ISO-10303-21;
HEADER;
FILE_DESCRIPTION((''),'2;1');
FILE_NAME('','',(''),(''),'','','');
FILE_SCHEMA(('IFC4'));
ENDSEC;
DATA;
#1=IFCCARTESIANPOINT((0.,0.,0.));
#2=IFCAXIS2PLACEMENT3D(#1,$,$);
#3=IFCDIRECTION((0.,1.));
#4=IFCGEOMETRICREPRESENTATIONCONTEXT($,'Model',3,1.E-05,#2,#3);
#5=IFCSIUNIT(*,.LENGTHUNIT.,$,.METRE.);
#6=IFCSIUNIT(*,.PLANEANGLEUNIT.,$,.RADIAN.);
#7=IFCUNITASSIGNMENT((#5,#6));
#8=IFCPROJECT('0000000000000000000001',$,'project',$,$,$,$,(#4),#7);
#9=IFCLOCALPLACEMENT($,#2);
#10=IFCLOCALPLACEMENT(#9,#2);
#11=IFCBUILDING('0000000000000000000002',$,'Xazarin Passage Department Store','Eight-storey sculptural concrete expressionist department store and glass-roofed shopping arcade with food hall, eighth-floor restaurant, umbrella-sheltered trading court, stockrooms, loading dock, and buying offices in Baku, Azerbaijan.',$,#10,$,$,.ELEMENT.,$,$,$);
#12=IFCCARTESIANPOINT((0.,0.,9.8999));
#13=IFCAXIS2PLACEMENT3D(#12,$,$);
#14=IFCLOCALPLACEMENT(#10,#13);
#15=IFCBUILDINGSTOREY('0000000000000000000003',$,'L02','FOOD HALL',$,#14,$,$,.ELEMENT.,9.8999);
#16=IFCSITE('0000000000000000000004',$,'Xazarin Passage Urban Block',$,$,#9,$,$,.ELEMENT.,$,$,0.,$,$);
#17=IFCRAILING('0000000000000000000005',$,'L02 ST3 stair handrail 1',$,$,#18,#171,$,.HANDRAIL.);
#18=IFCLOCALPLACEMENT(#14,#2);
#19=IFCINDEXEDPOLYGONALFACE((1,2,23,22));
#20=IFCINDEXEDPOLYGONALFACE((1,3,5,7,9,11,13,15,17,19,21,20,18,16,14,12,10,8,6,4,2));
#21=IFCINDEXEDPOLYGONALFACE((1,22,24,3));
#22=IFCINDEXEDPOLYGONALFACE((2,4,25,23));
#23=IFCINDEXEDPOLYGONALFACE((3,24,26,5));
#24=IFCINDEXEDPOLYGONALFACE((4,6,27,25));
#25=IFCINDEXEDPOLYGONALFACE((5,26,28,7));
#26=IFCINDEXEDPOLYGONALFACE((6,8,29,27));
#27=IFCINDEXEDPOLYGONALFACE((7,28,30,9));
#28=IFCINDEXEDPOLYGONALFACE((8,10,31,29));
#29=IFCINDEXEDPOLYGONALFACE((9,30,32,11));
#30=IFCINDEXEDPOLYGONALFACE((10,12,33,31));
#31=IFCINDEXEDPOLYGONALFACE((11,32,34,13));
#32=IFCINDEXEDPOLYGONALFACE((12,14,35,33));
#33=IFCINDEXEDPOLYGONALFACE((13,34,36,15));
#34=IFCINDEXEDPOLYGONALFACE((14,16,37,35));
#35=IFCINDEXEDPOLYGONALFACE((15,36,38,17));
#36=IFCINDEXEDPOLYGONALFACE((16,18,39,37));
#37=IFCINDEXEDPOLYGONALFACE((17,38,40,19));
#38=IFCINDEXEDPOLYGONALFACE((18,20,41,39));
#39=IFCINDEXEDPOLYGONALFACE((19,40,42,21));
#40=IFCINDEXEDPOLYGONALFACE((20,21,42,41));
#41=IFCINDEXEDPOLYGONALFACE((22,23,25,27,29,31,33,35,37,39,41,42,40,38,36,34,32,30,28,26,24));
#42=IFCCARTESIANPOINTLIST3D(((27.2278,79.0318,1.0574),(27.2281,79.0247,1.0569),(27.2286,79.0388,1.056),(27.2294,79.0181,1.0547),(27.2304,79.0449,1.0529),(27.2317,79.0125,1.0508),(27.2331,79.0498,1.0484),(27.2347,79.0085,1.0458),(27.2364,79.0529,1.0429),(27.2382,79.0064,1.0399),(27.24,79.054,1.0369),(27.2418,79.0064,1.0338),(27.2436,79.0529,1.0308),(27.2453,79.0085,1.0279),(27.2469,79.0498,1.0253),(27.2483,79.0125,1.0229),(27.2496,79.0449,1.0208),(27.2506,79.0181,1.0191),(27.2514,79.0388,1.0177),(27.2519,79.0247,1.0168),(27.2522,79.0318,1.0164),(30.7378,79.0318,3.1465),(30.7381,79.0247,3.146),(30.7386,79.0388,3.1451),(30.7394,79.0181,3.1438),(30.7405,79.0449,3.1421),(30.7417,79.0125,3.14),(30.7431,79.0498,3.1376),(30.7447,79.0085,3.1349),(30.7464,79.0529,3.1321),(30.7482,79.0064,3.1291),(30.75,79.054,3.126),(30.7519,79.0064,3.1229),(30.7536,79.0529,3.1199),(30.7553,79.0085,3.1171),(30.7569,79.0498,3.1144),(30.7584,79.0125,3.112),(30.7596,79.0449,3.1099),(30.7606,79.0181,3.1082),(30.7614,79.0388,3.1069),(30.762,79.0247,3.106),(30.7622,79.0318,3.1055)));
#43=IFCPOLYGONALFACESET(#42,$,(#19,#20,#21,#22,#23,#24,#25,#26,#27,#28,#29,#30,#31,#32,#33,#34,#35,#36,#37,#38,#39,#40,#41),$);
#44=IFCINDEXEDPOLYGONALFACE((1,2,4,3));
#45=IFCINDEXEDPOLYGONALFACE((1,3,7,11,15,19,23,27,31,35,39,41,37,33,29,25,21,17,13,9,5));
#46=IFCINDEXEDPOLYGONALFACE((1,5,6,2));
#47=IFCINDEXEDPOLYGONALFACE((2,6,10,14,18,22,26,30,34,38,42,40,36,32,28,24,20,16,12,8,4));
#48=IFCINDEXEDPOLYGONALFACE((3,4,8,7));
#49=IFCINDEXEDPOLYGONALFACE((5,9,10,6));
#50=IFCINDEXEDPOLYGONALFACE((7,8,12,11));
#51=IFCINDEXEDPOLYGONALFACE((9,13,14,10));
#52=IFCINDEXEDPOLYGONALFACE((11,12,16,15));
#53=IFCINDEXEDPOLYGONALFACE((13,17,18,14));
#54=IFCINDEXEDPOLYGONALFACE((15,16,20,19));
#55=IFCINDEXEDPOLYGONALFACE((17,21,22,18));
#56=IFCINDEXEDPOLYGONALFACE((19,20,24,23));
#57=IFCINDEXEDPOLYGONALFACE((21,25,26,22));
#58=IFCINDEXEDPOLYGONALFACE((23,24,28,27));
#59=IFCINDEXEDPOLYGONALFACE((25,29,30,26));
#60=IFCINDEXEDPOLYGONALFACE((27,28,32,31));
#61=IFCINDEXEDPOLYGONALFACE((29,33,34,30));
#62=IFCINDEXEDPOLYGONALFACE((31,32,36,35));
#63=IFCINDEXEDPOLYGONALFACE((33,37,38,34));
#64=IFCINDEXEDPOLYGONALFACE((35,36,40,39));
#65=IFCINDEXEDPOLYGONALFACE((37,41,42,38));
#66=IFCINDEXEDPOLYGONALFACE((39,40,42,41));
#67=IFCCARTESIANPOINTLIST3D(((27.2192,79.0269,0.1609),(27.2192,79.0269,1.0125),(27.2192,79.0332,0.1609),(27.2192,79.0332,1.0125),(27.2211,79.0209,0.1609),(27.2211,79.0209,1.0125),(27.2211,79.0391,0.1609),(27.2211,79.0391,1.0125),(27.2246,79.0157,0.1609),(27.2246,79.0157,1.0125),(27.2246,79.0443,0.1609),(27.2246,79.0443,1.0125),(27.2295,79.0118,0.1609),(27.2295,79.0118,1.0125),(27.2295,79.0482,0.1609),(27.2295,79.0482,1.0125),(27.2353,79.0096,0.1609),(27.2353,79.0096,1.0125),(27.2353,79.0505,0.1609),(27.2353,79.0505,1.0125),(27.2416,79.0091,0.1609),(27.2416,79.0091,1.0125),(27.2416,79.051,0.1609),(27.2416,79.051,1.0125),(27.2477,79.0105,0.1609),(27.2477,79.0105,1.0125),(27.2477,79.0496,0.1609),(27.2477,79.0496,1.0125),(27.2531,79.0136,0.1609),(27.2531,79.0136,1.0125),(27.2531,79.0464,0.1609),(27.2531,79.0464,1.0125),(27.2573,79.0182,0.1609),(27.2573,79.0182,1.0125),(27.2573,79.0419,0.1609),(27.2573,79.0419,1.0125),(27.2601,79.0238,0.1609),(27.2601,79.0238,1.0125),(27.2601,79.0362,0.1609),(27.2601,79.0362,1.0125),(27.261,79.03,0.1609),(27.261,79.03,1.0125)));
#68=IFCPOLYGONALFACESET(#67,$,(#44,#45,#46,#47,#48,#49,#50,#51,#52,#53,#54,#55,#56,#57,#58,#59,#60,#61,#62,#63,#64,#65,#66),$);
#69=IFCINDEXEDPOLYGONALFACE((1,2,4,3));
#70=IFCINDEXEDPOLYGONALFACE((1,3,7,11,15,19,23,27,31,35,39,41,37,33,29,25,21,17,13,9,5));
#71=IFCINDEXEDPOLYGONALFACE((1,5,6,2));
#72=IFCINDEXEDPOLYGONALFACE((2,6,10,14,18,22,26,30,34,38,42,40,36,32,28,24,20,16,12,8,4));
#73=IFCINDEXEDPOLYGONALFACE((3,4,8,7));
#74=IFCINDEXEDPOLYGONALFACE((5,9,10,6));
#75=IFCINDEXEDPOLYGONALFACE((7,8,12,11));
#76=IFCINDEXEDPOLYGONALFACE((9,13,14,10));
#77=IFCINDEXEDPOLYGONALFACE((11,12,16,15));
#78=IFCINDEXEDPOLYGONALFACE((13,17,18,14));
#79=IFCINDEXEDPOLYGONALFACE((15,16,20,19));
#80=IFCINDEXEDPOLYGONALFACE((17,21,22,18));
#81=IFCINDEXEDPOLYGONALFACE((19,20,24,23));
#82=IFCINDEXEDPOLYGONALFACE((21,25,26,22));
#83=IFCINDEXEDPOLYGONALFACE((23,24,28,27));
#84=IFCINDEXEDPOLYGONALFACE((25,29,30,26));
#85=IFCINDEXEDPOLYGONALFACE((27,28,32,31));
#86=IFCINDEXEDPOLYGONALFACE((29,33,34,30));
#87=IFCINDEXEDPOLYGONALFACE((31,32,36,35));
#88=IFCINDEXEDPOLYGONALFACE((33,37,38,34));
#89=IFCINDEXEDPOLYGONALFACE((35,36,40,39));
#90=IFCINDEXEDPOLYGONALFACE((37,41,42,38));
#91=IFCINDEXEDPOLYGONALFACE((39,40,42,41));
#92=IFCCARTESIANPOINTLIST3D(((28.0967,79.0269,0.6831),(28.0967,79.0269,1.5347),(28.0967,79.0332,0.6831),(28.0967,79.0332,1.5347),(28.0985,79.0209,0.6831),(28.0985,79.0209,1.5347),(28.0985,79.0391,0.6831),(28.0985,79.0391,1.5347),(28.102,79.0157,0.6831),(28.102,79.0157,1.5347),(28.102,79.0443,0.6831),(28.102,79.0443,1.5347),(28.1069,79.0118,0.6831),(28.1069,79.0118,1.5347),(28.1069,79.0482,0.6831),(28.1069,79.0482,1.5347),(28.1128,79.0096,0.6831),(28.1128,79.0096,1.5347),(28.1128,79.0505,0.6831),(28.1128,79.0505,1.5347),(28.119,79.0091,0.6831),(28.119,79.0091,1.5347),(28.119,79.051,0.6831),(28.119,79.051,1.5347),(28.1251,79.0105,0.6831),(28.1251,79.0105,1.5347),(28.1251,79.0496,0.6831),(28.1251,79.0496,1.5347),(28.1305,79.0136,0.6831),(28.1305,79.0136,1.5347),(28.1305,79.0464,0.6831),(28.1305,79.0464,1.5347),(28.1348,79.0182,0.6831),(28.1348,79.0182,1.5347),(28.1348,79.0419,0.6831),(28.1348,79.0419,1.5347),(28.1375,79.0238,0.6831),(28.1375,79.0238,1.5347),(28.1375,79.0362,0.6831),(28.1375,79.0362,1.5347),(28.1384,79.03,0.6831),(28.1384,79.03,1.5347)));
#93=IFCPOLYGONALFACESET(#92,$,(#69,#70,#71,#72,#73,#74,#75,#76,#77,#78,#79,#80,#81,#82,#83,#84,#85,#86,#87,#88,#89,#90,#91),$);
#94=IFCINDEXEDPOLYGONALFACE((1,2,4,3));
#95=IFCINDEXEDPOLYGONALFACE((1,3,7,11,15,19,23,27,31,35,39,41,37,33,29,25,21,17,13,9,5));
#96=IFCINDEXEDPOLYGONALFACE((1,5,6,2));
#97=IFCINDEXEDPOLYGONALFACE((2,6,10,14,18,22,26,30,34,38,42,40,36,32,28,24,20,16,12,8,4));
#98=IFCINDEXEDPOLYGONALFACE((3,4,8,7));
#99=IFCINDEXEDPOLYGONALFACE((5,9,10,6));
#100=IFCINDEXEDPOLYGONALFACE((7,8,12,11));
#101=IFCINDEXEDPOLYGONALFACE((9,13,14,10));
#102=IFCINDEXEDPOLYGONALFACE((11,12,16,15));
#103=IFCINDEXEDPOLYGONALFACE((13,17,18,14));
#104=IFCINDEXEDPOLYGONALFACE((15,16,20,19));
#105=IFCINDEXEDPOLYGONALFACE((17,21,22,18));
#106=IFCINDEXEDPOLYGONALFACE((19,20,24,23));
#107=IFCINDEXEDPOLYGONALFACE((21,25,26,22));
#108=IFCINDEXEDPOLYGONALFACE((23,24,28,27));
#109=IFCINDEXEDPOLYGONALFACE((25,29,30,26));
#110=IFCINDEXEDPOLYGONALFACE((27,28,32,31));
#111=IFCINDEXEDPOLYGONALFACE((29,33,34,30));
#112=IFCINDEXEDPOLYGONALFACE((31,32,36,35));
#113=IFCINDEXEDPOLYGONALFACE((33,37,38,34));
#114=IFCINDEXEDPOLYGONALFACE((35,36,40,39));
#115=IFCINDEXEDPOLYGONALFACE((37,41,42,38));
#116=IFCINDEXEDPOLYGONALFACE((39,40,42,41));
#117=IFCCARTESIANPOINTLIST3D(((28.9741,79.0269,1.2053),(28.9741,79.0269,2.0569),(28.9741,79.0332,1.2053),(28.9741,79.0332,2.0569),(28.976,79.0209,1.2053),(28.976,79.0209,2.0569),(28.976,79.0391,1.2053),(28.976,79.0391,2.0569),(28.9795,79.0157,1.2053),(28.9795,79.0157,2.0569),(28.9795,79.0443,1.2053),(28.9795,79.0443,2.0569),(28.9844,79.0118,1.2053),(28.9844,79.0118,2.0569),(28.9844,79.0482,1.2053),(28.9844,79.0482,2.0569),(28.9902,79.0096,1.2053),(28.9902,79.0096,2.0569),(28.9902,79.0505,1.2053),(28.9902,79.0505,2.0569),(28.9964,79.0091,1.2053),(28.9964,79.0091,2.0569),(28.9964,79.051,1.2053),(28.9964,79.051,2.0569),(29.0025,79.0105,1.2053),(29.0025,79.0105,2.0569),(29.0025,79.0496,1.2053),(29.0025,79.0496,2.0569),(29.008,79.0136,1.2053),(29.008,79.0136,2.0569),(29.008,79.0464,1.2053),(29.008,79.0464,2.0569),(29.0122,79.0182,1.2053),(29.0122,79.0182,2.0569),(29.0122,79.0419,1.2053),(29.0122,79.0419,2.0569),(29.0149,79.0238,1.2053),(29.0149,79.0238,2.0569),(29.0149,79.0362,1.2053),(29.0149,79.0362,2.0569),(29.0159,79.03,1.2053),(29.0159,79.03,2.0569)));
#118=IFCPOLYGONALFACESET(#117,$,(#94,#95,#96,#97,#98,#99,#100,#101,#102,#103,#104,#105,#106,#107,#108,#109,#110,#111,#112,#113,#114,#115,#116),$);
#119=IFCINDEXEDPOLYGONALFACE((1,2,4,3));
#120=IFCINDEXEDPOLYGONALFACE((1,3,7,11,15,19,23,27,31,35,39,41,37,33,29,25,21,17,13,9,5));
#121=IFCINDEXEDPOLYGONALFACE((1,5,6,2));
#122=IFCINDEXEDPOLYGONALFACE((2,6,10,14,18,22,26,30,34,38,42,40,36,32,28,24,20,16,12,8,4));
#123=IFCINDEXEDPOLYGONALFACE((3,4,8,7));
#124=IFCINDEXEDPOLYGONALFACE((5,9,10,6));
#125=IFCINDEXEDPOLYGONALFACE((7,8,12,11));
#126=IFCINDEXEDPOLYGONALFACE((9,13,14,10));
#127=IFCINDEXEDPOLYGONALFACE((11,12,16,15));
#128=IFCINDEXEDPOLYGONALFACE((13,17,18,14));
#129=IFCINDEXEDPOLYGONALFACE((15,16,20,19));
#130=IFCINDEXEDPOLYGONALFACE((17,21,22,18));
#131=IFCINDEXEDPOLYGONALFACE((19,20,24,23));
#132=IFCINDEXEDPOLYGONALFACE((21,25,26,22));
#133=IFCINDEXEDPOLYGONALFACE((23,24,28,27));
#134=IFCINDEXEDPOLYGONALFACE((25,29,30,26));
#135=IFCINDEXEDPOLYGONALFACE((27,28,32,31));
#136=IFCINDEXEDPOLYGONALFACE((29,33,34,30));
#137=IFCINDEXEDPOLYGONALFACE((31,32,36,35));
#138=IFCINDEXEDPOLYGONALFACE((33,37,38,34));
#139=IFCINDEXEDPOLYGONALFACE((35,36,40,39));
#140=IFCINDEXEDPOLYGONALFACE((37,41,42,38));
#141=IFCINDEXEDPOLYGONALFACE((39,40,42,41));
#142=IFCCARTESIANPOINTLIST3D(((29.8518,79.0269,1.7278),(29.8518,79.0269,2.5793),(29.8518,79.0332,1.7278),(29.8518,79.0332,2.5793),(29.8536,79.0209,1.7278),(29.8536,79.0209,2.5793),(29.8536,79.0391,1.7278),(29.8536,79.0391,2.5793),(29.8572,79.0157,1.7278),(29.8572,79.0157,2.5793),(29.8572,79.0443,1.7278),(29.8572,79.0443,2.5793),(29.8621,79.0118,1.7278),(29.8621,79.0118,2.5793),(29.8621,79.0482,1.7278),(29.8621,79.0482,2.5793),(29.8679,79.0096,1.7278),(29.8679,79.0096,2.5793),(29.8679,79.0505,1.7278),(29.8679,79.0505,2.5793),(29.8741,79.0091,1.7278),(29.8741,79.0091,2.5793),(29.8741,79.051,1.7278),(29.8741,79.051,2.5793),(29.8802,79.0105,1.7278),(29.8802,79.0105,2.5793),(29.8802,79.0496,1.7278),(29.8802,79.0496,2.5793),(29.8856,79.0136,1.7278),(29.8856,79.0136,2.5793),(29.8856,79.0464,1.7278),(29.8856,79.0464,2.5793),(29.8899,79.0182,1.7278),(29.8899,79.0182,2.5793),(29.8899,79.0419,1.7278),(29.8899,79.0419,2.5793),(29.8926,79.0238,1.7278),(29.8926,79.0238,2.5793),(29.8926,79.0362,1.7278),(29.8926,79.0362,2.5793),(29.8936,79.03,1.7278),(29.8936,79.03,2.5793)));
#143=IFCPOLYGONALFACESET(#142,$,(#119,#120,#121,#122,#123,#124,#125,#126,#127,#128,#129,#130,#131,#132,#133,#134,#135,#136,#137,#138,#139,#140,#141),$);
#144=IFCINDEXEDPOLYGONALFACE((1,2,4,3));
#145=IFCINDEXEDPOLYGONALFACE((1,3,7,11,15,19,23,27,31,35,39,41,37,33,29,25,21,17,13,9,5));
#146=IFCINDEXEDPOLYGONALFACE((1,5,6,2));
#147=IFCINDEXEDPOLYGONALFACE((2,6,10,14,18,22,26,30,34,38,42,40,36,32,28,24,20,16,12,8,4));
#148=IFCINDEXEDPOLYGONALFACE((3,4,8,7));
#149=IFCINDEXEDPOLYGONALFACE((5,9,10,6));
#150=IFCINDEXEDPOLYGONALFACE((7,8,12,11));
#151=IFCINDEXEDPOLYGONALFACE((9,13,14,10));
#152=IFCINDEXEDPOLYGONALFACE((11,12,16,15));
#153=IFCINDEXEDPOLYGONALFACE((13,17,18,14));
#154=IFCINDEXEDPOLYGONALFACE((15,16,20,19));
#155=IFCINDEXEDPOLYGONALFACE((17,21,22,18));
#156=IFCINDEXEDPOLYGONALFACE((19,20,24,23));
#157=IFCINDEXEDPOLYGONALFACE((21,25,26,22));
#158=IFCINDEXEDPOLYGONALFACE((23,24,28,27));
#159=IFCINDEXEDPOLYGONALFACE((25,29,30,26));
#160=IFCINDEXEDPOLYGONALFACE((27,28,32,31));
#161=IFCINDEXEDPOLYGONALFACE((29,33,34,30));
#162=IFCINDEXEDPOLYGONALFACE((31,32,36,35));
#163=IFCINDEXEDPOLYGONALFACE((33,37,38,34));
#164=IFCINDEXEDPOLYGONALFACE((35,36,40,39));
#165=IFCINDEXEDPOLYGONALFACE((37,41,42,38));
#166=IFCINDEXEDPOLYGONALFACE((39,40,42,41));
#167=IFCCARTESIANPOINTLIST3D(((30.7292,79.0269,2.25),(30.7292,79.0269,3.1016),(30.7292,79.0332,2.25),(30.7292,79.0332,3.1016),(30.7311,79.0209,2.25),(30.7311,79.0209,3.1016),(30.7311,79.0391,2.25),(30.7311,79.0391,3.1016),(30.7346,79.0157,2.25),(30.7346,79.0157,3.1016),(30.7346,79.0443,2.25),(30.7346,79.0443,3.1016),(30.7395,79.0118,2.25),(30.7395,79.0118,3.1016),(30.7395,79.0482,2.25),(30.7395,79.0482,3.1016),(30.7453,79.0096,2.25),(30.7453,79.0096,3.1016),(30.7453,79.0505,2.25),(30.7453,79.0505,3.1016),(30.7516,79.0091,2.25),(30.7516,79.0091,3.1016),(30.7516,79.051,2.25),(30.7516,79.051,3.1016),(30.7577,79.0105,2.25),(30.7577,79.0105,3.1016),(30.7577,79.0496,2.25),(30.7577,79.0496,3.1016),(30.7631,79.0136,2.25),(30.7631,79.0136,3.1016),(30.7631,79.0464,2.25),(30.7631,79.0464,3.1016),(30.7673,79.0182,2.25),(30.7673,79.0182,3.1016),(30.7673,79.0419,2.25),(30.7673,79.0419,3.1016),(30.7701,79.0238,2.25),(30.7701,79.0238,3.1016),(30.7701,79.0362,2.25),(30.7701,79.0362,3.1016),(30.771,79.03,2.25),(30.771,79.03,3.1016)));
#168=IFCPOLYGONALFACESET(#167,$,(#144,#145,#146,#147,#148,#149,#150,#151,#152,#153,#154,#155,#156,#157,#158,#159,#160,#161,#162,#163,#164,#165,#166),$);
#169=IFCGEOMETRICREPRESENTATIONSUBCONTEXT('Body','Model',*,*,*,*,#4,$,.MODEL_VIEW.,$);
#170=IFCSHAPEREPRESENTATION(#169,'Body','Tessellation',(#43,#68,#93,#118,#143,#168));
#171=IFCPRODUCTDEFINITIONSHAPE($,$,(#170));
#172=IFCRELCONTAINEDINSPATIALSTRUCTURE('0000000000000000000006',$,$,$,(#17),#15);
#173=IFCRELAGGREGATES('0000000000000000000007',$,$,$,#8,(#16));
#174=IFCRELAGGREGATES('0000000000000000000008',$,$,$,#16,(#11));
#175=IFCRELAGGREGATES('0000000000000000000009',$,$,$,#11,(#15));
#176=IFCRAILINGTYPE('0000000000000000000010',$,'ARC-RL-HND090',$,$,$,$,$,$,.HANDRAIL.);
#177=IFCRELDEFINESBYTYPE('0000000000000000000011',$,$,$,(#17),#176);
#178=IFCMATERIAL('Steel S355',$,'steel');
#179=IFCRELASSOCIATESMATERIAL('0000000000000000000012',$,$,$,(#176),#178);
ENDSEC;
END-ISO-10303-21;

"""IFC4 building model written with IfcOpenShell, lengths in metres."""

from ifc_helpers import new_model, si_unit, direction, frame, origin, origin_2d, place, context, subcontext, project, spatial, circle, extrude, material, type_object, element, save


model = new_model("IFC4")

# Units and contexts
model_context = context("Model", 3, precision=1e-05, world=origin(), true_north=direction((0.0, 1.0)))
body_context = subcontext(model_context, "Body", "Model", "MODEL_VIEW")
ifc_project = project(units=[si_unit("LENGTHUNIT", "METRE"), si_unit("PLANEANGLEUNIT", "RADIAN")], contexts=[model_context])

# Site, building, storey
site_placement = place(None, origin())
site = spatial("IfcSite", under=ifc_project, at=site_placement, Name="Xazarin Passage Urban Block", CompositionType="ELEMENT", RefElevation=0.0)
building_placement = place(site_placement, origin())
building = spatial("IfcBuilding", under=site, at=building_placement, Name="Xazarin Passage Department Store", Description="Eight-storey sculptural concrete expressionist department store and glass-roofed shopping arcade with food hall, eighth-floor restaurant, umbrella-sheltered trading court, stockrooms, loading dock, and buying offices in Baku, Azerbaijan.", CompositionType="ELEMENT")
storey_placement = place(building_placement, frame((0.0, 0.0, 9.8999)))
storey = spatial("IfcBuildingStorey", under=building, at=storey_placement, Name="L02", Description="FOOD HALL", CompositionType="ELEMENT", Elevation=9.8999)

# Shared definitions
ifc_material_1 = material(Name="Steel S355", Category="steel")

# Railing
railing_type_1 = type_object("IfcRailingType", Name="ARC-RL-HND090", PredefinedType="HANDRAIL", material=ifc_material_1)
railing_1_placement = place(storey_placement, frame((27.24, 79.03, 0.1609)))
element("IfcRailing", 1, at=railing_1_placement, inside=storey, type_object=railing_type_1, Name="L02 ST3 stair handrail 1", PredefinedType="HANDRAIL", context=body_context, shape_type="SweptSolid", body=[
    extrude(circle(Radius=0.0239, at=origin_2d()), frame((0.0, 0.0, 0.876), z_axis=(0.859312, 0.0, 0.511451), x_axis=(0.0, 1.0, 0.0)), (0.0, 0.0, 1.0), 4.0847),
    extrude(circle(Radius=0.021, at=origin_2d()), origin(), (0.0, 0.0, 1.0), 0.8516),
    extrude(circle(Radius=0.021, at=origin_2d()), frame((0.8774, 0.0, 0.5222)), (0.0, 0.0, 1.0), 0.8516),
    extrude(circle(Radius=0.021, at=origin_2d()), frame((1.7549, 0.0, 1.0444)), (0.0, 0.0, 1.0), 0.8516),
    extrude(circle(Radius=0.021, at=origin_2d()), frame((2.6326, 0.0, 1.5669)), (0.0, 0.0, 1.0), 0.8516),
    extrude(circle(Radius=0.021, at=origin_2d()), frame((3.51, 0.0, 2.0891)), (0.0, 0.0, 1.0), 0.8516),
])

save(model, "model.ifc")
